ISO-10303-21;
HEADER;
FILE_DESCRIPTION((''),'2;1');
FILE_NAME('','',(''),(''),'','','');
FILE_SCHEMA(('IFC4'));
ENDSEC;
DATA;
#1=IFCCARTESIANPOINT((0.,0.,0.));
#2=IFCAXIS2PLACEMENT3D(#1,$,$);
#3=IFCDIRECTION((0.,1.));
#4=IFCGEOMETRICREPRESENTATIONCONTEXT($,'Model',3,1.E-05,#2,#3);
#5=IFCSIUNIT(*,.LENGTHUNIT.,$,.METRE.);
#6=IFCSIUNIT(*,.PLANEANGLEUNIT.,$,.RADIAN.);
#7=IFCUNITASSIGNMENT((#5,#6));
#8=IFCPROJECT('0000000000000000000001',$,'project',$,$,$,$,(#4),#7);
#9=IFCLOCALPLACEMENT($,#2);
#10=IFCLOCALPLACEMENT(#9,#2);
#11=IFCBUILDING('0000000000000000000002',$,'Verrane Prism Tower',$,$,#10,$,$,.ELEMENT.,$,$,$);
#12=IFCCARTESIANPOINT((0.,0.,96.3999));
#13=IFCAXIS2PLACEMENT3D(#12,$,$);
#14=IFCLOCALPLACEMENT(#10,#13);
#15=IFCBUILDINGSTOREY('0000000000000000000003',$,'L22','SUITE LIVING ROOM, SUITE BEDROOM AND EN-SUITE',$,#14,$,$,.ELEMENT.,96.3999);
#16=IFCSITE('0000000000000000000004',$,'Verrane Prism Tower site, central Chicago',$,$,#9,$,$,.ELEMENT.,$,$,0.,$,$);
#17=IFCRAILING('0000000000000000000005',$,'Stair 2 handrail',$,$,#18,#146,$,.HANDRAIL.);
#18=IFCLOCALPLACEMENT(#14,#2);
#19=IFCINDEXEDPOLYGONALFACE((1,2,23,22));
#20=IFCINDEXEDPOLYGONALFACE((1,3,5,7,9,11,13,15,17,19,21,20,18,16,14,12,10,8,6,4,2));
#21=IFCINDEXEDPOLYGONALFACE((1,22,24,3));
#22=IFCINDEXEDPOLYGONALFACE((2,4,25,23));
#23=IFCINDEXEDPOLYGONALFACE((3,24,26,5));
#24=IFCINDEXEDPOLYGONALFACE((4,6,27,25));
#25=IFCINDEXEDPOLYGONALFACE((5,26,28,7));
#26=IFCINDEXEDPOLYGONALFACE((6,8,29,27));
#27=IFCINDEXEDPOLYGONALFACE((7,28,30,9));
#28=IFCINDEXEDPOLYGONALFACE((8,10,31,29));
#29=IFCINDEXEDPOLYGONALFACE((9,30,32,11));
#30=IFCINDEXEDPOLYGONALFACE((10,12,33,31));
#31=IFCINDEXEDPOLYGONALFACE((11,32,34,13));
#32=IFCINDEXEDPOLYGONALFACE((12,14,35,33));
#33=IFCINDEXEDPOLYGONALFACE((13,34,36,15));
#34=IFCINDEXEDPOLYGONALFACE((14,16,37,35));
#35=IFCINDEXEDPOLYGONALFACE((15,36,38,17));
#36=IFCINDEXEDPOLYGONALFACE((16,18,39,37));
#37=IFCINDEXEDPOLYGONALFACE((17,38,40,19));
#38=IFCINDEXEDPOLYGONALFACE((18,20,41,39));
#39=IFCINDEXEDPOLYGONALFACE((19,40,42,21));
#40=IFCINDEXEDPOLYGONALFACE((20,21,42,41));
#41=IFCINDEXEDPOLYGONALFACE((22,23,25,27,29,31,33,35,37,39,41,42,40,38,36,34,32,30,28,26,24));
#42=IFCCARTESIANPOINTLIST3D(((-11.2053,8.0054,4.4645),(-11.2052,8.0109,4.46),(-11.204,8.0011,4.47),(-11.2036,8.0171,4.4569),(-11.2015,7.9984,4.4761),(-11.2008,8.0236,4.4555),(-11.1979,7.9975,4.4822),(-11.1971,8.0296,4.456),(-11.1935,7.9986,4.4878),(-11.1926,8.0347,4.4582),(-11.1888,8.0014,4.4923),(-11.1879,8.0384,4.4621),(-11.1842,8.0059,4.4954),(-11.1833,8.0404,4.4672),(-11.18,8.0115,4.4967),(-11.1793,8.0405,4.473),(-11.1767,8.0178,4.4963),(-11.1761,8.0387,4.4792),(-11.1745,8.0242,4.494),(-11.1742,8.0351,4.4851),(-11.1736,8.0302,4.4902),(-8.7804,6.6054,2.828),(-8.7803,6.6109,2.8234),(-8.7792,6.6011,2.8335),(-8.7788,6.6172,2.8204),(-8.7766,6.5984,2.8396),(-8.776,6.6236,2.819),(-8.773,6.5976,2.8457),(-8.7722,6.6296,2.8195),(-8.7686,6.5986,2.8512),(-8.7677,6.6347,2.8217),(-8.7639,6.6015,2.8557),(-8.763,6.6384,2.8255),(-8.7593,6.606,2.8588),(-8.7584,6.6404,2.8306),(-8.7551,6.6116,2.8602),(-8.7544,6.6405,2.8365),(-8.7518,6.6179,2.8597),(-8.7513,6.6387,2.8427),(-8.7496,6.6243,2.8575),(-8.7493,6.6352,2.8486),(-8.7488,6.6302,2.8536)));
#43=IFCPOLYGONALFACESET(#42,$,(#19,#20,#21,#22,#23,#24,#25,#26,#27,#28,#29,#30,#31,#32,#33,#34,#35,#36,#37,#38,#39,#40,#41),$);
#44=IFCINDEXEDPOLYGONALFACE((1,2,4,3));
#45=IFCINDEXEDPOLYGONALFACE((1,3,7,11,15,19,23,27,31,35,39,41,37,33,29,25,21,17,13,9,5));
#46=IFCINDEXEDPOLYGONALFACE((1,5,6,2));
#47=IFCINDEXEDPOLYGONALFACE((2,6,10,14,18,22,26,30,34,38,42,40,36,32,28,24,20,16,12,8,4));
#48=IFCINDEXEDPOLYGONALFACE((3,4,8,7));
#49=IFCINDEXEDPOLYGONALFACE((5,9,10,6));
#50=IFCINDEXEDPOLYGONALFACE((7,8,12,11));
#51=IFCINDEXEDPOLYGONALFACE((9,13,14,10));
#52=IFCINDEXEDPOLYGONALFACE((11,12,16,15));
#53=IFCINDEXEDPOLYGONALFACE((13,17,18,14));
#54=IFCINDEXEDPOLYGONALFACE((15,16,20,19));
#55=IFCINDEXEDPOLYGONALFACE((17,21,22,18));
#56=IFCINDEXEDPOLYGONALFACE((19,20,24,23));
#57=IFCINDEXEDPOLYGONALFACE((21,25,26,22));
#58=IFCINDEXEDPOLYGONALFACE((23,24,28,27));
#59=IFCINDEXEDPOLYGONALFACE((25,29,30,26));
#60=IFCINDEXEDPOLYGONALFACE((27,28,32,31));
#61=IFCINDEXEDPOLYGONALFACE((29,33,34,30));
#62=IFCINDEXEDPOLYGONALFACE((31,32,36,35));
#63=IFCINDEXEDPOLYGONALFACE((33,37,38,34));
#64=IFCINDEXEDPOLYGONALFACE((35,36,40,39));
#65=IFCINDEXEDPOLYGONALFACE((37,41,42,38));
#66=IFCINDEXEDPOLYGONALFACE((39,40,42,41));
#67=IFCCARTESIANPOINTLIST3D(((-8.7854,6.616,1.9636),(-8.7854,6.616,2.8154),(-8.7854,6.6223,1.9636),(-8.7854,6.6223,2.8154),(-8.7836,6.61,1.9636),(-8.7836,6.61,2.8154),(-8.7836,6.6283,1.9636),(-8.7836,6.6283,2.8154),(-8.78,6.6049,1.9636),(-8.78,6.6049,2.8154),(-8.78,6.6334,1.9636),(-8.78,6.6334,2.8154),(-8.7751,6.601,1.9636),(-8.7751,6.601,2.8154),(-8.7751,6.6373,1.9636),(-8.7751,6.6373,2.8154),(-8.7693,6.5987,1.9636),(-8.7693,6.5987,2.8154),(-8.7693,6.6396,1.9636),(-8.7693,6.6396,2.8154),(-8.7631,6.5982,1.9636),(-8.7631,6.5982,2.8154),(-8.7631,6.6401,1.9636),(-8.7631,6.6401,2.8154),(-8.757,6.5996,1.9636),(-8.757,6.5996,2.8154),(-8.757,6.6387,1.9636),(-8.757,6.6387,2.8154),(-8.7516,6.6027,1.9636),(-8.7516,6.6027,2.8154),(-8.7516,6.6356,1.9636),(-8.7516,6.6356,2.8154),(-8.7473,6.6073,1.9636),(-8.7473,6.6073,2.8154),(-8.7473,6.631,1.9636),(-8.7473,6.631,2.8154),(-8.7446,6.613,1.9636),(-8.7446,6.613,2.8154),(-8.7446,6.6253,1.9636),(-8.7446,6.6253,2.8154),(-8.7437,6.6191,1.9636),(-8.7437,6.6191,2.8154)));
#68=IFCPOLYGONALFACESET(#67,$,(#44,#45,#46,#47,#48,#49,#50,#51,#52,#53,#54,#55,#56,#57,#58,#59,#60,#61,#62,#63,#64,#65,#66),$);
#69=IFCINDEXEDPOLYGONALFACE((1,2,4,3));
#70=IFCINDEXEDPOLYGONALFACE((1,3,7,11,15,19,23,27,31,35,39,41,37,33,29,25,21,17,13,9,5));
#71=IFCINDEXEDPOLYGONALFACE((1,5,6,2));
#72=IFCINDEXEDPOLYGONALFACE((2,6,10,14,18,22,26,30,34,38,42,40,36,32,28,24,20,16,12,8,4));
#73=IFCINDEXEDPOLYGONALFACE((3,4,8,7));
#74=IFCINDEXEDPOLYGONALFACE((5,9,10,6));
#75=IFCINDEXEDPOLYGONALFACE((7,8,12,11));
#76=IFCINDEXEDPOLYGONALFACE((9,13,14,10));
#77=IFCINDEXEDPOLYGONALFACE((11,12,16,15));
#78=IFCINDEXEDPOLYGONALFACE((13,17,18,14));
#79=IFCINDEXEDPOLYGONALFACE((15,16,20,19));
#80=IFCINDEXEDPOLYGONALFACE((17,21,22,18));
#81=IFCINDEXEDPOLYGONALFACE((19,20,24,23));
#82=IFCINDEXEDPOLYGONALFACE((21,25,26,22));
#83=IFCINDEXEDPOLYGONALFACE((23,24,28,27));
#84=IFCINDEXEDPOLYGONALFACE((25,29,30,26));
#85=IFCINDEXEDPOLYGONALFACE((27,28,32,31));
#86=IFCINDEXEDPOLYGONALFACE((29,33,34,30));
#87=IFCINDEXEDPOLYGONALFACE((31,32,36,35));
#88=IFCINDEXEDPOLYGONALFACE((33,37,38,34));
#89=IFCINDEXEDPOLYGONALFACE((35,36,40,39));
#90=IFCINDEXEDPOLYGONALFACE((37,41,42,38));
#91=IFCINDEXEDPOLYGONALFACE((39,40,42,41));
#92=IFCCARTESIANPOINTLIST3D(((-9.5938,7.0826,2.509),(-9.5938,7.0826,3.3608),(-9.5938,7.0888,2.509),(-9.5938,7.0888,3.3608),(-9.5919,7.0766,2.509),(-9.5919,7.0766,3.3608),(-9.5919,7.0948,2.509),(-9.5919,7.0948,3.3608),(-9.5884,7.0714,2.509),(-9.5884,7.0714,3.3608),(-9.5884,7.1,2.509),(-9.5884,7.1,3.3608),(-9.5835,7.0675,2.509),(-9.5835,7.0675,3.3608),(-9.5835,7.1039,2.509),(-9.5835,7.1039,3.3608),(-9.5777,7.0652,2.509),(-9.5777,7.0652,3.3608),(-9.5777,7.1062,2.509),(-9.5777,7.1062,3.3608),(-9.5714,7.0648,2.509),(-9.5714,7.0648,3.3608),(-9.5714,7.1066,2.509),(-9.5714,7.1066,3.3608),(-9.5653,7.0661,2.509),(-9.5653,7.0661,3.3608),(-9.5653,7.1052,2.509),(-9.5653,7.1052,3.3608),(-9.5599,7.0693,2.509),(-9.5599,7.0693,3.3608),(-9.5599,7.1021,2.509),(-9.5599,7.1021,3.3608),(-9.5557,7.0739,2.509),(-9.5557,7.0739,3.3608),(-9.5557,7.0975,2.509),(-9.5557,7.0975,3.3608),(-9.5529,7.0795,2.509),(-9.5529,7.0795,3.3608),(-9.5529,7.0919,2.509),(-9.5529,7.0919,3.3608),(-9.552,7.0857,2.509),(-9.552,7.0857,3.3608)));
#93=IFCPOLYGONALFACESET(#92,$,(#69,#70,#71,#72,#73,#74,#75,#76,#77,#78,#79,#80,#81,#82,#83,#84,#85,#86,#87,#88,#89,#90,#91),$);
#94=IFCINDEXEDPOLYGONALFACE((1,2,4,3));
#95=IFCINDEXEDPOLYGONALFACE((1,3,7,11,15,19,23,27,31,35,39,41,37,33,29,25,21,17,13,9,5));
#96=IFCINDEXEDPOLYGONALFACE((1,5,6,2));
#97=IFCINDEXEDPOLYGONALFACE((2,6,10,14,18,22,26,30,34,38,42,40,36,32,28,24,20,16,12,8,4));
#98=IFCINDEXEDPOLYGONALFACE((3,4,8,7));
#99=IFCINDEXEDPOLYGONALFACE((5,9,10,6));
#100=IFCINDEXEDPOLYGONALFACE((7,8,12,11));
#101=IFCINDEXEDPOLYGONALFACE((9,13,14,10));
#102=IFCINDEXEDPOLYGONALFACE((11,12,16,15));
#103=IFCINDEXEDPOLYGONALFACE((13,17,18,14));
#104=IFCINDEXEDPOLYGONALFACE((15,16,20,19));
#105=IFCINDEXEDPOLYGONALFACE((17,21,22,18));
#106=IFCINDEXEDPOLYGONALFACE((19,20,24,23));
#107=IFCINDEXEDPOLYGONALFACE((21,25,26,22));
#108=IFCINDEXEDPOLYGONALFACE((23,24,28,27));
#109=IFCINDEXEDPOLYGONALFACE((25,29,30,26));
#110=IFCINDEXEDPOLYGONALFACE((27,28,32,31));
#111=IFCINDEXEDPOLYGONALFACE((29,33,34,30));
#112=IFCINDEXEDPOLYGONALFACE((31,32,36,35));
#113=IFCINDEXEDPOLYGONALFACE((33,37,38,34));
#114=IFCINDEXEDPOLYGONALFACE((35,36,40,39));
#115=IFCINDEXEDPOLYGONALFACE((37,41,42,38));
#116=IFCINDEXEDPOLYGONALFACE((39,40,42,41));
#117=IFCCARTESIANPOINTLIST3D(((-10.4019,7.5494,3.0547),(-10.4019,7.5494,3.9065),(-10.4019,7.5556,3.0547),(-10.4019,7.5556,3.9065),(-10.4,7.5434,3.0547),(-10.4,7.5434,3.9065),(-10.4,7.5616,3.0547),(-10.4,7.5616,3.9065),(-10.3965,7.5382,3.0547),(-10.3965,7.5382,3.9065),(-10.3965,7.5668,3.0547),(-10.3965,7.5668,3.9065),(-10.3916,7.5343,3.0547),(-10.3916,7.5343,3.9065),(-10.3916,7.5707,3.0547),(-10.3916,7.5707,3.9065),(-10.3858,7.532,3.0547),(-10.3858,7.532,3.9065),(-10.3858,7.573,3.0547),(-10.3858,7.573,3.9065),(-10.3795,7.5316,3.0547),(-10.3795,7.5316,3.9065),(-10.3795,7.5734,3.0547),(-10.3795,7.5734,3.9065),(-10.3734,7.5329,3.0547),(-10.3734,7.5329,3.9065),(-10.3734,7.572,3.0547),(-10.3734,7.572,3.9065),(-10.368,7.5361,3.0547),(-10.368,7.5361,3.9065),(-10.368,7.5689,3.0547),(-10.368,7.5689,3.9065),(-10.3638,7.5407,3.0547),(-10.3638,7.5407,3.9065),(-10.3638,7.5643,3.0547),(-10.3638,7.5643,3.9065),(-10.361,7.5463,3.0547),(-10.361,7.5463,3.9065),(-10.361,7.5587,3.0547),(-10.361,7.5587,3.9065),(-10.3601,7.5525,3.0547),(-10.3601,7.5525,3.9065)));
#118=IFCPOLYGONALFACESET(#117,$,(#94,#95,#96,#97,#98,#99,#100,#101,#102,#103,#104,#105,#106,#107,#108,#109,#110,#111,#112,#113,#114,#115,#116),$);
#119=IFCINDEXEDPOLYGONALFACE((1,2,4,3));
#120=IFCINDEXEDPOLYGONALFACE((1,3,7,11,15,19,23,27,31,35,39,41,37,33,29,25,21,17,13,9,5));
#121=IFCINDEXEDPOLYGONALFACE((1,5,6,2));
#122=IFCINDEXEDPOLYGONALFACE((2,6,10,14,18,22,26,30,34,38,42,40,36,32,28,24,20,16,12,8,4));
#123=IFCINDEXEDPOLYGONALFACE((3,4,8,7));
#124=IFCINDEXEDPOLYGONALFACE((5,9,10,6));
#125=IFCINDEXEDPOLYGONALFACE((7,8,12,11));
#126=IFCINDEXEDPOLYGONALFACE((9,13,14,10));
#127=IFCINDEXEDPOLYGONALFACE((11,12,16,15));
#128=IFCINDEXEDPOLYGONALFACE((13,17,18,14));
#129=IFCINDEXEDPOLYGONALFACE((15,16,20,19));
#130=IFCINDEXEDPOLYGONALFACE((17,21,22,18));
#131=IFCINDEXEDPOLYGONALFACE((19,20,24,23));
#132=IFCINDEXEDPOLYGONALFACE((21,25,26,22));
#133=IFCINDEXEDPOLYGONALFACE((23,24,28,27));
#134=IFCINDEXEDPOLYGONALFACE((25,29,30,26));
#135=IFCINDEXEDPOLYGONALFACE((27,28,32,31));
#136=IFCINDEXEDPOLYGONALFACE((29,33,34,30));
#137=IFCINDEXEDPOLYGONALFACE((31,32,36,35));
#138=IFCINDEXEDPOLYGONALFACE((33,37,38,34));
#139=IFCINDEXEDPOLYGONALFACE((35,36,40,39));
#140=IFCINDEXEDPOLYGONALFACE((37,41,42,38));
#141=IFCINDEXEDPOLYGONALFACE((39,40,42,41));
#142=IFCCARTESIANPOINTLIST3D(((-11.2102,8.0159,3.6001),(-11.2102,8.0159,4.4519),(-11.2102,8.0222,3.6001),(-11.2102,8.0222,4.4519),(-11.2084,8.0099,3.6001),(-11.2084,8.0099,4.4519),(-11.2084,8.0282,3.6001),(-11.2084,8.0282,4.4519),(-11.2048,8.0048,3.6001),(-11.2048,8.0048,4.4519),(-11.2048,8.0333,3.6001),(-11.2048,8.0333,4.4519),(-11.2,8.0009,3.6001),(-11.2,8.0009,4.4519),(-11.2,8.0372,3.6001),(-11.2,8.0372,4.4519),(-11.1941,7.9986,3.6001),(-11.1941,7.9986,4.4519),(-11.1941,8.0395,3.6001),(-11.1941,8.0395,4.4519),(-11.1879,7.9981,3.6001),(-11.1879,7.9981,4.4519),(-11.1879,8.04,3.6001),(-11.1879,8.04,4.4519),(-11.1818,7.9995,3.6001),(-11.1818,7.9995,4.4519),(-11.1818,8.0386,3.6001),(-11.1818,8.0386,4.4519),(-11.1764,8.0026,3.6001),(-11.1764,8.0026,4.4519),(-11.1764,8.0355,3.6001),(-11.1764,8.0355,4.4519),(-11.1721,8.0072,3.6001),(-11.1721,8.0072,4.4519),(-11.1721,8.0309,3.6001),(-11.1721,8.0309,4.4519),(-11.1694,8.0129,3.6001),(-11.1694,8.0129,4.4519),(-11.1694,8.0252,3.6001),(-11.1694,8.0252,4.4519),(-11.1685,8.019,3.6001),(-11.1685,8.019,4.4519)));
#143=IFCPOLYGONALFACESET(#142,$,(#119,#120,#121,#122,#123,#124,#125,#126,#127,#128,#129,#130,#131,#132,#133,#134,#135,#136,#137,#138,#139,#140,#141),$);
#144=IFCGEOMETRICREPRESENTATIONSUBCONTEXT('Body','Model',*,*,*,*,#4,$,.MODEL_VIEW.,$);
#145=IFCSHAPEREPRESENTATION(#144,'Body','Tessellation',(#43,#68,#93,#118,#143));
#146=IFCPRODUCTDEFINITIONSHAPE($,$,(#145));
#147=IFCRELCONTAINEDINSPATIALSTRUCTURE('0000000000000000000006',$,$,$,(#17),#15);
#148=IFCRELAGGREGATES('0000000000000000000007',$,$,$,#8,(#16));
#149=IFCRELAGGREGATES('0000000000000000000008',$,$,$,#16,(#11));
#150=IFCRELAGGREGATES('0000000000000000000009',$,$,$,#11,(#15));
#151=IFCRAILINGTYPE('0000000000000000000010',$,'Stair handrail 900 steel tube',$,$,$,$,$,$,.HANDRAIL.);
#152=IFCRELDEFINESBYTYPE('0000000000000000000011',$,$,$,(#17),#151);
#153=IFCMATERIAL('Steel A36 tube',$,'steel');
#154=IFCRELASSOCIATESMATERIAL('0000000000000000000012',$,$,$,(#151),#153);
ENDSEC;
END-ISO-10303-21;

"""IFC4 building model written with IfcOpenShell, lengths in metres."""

from ifc_helpers import new_model, si_unit, direction, frame, origin, origin_2d, place, context, subcontext, project, spatial, circle, extrude, material, type_object, element, save


model = new_model("IFC4")

# Units and contexts
model_context = context("Model", 3, precision=1e-05, world=origin(), true_north=direction((0.0, 1.0)))
body_context = subcontext(model_context, "Body", "Model", "MODEL_VIEW")
ifc_project = project(units=[si_unit("LENGTHUNIT", "METRE"), si_unit("PLANEANGLEUNIT", "RADIAN")], contexts=[model_context])

# Site, building, storey
site_placement = place(None, origin())
site = spatial("IfcSite", under=ifc_project, at=site_placement, Name="Verrane Prism Tower site, central Chicago", CompositionType="ELEMENT", RefElevation=0.0)
building_placement = place(site_placement, origin())
building = spatial("IfcBuilding", under=site, at=building_placement, Name="Verrane Prism Tower", CompositionType="ELEMENT")
storey_placement = place(building_placement, frame((0.0, 0.0, 96.3999)))
storey = spatial("IfcBuildingStorey", under=building, at=storey_placement, Name="L22", Description="SUITE LIVING ROOM, SUITE BEDROOM AND EN-SUITE", CompositionType="ELEMENT", Elevation=96.3999)

# Railing
ifc_material_1 = material(Name="Steel A36 tube", Category="steel")
railing_type_1 = type_object("IfcRailingType", Name="Stair handrail 900 steel tube", PredefinedType="HANDRAIL", material=ifc_material_1)
railing_1_placement = place(storey_placement, frame((-8.7646, 6.6191, 1.9636)))
element("IfcRailing", 1, at=railing_1_placement, inside=storey, type_object=railing_type_1, Name="Stair 2 handrail", PredefinedType="HANDRAIL", context=body_context, shape_type="SweptSolid", body=[
    extrude(circle(Radius=0.0239, at=origin_2d()), frame((0.0, 0.0, 0.876), z_axis=(-0.74769, 0.431661, 0.504608), x_axis=(-0.499984, -0.866035, 0.0)), (0.0, 0.0, 1.0), 3.2432),
    extrude(circle(Radius=0.021, at=origin_2d()), origin(), (0.0, 0.0, 1.0), 0.8518),
    extrude(circle(Radius=0.021, at=origin_2d()), frame((-0.8083, 0.4666, 0.5454)), (0.0, 0.0, 1.0), 0.8518),
    extrude(circle(Radius=0.021, at=origin_2d()), frame((-1.6165, 0.9333, 1.0911)), (0.0, 0.0, 1.0), 0.8518),
    extrude(circle(Radius=0.021, at=origin_2d()), frame((-2.4248, 1.3999, 1.6365)), (0.0, 0.0, 1.0), 0.8518),
])

save(model, "model.ifc")
